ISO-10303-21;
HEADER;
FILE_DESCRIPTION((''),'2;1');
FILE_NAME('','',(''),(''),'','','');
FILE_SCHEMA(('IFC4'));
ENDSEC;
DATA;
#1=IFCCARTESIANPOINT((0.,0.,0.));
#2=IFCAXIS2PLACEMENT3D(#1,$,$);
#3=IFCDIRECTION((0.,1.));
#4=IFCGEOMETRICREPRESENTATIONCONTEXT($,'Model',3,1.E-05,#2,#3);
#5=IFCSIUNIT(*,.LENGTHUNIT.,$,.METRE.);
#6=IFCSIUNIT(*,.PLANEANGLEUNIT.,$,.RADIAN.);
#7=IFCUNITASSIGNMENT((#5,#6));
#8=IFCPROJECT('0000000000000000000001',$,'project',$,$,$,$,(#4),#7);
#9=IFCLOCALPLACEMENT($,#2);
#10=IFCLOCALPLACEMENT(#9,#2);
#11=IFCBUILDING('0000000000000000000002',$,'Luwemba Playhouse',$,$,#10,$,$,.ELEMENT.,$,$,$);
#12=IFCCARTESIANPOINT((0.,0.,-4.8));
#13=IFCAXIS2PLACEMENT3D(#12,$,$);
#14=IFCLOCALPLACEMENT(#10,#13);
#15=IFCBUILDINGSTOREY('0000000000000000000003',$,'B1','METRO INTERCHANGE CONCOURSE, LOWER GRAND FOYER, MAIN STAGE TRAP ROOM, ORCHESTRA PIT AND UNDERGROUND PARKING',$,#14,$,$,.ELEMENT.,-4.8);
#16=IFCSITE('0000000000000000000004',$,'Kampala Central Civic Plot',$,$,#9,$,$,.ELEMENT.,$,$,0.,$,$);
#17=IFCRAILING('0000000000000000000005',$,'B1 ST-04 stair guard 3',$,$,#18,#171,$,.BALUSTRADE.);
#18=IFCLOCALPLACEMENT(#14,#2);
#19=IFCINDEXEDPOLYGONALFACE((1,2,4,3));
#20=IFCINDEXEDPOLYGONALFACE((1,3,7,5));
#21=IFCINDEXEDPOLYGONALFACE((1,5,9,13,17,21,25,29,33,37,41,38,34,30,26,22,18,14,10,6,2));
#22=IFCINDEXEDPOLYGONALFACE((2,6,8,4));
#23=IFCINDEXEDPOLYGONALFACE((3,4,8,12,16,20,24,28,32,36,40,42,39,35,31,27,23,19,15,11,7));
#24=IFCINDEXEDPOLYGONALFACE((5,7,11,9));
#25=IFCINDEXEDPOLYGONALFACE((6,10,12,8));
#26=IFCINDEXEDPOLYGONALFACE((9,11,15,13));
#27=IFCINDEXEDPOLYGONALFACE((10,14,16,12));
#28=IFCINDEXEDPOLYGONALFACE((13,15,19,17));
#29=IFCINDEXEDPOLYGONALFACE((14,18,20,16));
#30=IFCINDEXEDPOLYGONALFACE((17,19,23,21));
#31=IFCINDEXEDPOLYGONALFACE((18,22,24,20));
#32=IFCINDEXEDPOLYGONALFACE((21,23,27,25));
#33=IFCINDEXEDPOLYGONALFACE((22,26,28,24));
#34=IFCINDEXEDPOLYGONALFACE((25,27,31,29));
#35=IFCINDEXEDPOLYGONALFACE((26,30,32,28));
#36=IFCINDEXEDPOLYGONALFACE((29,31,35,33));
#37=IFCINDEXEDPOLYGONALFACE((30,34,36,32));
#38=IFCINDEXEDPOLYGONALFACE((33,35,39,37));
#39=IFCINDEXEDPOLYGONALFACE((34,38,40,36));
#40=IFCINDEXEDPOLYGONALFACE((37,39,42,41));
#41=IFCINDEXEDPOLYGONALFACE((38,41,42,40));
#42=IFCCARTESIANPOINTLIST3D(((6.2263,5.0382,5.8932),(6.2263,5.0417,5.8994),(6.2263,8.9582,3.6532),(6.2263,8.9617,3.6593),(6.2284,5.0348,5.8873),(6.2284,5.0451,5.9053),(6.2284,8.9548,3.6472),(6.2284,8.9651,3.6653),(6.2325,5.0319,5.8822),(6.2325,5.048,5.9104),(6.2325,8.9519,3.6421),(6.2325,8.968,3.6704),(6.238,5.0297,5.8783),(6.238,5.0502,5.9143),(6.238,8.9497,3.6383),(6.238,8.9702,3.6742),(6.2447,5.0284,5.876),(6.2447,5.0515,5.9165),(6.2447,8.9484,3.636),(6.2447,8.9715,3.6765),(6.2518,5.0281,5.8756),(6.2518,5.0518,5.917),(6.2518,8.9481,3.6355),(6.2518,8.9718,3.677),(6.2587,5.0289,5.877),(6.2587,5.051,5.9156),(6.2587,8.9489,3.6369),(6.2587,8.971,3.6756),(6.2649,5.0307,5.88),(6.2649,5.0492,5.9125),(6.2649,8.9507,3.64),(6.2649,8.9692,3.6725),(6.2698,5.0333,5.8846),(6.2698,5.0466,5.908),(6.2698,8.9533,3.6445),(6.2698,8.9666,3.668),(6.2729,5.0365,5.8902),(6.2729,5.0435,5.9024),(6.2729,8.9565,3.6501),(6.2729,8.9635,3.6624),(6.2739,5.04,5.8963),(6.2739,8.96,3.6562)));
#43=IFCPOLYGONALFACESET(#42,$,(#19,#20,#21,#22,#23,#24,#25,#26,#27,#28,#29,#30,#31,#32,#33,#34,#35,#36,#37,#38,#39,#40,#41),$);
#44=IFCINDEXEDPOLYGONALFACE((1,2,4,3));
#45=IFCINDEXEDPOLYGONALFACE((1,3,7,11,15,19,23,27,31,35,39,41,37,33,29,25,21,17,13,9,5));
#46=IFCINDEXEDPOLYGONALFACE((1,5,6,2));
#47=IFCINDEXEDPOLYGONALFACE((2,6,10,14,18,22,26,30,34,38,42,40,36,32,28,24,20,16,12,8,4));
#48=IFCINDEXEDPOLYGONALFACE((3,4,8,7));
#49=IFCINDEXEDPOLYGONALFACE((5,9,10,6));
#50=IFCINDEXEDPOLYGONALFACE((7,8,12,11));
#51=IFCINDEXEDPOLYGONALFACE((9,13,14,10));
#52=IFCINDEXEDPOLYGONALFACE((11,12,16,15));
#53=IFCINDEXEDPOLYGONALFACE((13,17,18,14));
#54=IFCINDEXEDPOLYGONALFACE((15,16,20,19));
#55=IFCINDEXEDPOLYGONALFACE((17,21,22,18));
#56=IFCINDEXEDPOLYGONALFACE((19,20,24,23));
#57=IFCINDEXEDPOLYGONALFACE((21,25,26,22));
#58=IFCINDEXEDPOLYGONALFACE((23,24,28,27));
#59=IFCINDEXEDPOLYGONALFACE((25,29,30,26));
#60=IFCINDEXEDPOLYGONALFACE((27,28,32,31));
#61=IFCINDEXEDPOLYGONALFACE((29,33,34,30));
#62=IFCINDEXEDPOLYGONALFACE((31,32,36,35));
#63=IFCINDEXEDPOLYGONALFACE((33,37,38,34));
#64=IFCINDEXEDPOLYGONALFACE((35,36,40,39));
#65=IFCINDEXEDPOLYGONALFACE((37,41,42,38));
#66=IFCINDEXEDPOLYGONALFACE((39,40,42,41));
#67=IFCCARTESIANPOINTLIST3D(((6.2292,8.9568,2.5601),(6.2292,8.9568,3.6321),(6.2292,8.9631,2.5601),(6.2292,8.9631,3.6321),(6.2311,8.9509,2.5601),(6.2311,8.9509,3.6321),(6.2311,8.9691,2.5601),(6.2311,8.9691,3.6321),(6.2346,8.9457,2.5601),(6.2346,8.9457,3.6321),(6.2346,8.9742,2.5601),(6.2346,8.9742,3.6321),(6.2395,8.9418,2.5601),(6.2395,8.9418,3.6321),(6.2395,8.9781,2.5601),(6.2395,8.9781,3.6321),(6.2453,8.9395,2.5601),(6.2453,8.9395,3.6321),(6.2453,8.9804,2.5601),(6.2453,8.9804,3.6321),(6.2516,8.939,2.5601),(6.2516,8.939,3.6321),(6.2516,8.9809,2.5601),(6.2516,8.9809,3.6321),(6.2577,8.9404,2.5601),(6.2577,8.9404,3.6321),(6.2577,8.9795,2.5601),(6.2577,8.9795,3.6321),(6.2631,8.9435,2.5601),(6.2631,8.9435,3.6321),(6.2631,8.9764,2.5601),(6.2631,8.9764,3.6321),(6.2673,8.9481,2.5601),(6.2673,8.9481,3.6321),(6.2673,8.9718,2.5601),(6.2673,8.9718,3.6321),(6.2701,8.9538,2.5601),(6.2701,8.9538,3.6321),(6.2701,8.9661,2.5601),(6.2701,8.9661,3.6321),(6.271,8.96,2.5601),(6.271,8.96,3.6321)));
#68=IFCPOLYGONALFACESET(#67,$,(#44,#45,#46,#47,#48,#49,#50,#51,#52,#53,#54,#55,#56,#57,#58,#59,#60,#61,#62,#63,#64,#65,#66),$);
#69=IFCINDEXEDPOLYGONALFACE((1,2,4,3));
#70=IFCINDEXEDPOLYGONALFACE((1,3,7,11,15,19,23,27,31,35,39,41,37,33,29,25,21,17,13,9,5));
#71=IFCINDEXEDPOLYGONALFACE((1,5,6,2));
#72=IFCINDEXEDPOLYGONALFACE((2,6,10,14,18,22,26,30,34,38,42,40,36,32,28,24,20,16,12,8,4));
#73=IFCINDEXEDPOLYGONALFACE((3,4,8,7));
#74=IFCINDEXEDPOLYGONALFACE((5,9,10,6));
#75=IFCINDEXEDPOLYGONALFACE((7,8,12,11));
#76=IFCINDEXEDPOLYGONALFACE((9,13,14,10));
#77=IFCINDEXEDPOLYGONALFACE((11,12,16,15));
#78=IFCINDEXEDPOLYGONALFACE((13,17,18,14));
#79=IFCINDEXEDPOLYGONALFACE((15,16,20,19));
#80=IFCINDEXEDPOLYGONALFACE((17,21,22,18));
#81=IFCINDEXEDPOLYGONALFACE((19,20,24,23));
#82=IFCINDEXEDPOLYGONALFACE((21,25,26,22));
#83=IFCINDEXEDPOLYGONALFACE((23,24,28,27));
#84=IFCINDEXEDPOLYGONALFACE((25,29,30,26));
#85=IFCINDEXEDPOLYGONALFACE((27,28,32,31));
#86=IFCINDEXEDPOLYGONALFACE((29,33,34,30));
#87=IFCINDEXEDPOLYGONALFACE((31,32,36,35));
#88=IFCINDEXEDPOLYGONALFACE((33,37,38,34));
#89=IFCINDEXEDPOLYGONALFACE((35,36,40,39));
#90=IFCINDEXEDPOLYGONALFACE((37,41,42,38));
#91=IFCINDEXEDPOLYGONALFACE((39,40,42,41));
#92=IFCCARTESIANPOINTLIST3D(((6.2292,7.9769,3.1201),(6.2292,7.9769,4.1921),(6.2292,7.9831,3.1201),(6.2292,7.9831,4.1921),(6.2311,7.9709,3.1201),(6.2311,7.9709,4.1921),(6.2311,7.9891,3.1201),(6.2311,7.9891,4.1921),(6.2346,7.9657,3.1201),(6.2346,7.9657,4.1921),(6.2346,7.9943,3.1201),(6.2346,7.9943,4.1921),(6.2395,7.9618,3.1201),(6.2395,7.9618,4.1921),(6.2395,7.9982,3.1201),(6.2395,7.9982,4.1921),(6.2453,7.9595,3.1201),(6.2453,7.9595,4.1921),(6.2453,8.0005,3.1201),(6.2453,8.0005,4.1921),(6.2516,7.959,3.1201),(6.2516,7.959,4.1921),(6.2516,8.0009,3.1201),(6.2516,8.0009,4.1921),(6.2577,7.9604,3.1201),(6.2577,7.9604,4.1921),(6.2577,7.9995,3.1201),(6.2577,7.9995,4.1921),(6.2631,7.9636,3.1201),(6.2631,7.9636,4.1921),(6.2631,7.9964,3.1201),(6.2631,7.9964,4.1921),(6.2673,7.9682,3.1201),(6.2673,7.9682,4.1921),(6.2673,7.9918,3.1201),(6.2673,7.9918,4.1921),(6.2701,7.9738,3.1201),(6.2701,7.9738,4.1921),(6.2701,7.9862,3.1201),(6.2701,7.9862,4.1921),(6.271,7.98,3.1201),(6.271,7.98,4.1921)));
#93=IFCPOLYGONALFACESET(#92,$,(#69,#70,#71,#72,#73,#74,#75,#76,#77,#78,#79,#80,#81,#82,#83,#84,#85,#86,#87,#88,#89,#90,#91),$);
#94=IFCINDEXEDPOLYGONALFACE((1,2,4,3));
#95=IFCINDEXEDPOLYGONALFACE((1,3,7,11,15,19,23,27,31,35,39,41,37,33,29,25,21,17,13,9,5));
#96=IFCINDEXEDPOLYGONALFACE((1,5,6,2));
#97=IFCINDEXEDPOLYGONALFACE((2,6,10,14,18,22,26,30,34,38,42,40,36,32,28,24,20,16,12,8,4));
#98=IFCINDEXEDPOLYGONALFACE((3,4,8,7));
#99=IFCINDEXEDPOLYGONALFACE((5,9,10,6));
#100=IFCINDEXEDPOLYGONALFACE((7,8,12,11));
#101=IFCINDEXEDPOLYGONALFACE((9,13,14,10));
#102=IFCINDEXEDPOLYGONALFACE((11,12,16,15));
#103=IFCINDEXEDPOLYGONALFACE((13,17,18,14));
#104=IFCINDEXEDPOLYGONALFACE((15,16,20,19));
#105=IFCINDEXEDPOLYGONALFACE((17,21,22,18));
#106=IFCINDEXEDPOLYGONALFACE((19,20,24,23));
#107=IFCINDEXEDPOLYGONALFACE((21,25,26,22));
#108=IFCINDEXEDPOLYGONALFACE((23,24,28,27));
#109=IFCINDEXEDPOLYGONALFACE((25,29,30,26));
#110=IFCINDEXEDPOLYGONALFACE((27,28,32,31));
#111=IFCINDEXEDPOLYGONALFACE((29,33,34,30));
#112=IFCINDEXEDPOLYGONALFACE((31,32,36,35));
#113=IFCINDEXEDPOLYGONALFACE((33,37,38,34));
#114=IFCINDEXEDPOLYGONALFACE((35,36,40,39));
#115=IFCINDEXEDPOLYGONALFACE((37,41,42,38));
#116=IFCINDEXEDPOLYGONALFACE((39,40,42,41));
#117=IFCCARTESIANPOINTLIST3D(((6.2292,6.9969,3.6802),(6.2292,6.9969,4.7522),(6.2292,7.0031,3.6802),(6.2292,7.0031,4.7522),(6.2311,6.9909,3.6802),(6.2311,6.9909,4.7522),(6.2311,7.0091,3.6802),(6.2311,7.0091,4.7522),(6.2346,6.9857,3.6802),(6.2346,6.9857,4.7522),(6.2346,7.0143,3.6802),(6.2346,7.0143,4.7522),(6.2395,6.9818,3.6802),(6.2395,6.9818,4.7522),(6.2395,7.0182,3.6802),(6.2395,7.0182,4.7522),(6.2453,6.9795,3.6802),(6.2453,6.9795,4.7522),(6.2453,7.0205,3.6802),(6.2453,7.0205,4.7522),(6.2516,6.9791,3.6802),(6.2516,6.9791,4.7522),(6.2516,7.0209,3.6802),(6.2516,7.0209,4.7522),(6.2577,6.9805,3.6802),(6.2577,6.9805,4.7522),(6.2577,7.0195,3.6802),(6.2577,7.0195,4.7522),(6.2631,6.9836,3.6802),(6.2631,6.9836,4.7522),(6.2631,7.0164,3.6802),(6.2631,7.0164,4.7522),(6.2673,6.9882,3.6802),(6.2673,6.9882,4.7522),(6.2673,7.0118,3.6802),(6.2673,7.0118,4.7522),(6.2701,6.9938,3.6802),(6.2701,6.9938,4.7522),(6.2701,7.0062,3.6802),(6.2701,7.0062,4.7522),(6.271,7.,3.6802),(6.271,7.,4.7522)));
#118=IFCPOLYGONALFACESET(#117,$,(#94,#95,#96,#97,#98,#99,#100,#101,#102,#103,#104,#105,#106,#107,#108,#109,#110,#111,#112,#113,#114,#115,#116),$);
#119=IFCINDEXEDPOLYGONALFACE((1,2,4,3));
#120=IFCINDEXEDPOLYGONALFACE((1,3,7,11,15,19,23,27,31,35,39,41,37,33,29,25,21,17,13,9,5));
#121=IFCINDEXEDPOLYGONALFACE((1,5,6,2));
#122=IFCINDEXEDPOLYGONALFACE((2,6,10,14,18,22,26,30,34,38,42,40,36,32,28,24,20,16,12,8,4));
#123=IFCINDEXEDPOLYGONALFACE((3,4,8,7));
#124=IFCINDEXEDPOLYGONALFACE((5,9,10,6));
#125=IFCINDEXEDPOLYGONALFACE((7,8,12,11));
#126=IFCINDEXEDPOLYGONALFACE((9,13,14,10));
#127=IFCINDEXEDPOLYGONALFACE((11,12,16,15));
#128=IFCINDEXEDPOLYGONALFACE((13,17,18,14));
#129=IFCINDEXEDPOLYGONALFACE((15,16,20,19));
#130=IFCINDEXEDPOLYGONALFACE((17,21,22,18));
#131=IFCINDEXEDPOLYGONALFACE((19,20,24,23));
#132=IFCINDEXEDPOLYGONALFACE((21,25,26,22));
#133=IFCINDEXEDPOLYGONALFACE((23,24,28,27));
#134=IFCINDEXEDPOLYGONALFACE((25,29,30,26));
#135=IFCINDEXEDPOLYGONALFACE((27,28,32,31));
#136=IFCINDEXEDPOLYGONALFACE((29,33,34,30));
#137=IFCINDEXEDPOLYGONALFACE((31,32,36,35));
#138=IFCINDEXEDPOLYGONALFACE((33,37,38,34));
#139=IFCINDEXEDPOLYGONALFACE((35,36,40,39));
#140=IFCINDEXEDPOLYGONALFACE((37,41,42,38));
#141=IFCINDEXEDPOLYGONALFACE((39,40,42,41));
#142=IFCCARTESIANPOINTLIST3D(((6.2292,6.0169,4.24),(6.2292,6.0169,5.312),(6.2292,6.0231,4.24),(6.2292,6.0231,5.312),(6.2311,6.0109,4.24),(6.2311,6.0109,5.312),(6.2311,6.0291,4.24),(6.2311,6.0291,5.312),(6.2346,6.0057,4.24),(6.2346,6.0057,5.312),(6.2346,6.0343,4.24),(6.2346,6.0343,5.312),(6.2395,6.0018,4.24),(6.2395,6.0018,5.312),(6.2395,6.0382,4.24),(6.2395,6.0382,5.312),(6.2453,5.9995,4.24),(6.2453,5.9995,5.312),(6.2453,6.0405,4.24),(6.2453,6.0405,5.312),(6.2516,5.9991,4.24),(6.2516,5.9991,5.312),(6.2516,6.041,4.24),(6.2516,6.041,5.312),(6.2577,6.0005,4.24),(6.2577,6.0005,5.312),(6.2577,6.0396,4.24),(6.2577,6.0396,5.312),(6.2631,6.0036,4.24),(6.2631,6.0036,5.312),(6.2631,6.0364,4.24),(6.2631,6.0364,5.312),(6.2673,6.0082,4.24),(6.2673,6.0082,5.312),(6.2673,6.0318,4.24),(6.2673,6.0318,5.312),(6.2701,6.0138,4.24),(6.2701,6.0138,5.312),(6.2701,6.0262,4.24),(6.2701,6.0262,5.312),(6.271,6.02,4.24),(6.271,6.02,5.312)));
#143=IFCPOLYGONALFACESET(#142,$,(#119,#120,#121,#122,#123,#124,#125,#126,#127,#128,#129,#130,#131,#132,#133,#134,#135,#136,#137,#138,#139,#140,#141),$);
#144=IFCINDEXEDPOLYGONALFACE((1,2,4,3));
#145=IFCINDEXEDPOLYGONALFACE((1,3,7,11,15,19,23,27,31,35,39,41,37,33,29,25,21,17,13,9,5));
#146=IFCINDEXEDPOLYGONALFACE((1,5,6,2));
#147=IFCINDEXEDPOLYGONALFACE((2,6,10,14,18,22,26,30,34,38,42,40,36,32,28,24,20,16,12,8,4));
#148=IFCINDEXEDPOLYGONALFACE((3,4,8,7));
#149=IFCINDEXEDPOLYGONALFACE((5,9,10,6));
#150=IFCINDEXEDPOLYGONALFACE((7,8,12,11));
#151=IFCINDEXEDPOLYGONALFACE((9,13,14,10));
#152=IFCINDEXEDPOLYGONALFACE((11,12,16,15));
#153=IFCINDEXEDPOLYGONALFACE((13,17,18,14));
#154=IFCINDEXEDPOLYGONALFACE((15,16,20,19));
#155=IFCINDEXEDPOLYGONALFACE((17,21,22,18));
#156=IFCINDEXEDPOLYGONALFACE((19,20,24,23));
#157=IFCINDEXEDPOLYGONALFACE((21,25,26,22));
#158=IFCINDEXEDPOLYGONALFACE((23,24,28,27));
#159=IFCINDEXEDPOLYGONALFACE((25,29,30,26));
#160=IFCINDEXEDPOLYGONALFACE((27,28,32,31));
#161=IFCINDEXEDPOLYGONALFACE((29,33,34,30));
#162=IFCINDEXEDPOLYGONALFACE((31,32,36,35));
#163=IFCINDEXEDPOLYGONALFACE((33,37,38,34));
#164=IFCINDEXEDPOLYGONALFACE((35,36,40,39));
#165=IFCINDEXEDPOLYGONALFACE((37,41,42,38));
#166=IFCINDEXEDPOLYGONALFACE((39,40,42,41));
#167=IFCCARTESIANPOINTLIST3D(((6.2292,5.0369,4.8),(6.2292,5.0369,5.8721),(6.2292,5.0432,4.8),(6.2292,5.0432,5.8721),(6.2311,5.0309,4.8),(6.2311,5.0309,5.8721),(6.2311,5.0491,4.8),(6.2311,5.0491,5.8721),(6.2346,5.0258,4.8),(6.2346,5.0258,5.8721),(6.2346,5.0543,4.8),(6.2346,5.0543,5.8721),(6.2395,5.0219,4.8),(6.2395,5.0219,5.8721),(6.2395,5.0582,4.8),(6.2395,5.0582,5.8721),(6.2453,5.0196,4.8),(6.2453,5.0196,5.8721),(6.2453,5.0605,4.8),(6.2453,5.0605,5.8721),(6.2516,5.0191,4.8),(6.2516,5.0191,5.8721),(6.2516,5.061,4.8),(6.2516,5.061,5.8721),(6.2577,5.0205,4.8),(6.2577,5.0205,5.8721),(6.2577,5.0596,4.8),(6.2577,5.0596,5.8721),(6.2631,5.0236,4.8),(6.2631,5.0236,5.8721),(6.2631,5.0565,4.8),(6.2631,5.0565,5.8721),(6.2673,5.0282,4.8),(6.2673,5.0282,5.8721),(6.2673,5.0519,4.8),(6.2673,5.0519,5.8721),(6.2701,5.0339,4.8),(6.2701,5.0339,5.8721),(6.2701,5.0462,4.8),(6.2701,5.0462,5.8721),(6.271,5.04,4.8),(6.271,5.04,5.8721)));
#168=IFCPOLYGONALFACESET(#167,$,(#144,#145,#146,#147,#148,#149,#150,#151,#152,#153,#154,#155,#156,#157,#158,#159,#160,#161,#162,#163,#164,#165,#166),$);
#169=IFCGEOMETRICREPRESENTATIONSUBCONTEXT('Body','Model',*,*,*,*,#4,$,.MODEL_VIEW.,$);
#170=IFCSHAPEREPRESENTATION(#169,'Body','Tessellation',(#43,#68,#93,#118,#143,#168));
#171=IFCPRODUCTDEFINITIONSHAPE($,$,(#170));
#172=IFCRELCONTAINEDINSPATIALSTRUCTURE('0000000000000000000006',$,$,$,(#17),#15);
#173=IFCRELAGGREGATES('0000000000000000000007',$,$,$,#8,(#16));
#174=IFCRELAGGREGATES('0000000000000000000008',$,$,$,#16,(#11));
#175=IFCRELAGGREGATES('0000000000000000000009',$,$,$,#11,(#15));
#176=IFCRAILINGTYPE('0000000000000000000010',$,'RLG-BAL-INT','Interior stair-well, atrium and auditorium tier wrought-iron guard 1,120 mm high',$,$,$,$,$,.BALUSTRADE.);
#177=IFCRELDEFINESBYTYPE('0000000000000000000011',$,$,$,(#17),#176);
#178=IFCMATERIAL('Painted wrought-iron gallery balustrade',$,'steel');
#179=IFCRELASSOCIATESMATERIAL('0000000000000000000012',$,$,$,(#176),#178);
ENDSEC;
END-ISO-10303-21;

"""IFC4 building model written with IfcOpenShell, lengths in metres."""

from ifc_helpers import new_model, si_unit, direction, frame, origin, origin_2d, place, context, subcontext, project, spatial, circle, extrude, material, type_object, element, save


model = new_model("IFC4")

# Units and contexts
model_context = context("Model", 3, precision=1e-05, world=origin(), true_north=direction((0.0, 1.0)))
body_context = subcontext(model_context, "Body", "Model", "MODEL_VIEW")
ifc_project = project(units=[si_unit("LENGTHUNIT", "METRE"), si_unit("PLANEANGLEUNIT", "RADIAN")], contexts=[model_context])

# Site, building, storey
site_placement = place(None, origin())
site = spatial("IfcSite", under=ifc_project, at=site_placement, Name="Kampala Central Civic Plot", CompositionType="ELEMENT", RefElevation=0.0)
building_placement = place(site_placement, origin())
building = spatial("IfcBuilding", under=site, at=building_placement, Name="Luwemba Playhouse", CompositionType="ELEMENT")
storey_placement = place(building_placement, frame((0.0, 0.0, -4.8)))
storey = spatial("IfcBuildingStorey", under=building, at=storey_placement, Name="B1", Description="METRO INTERCHANGE CONCOURSE, LOWER GRAND FOYER, MAIN STAGE TRAP ROOM, ORCHESTRA PIT AND UNDERGROUND PARKING", CompositionType="ELEMENT", Elevation=-4.8)

# Railing
ifc_material_1 = material(Name="Painted wrought-iron gallery balustrade", Category="steel")
railing_type_1 = type_object("IfcRailingType", Name="RLG-BAL-INT", Description="Interior stair-well, atrium and auditorium tier wrought-iron guard 1,120 mm high", PredefinedType="BALUSTRADE", material=ifc_material_1)
railing_1_placement = place(storey_placement, frame((6.25, 8.96, 2.5601)))
element("IfcRailing", 1, at=railing_1_placement, inside=storey, type_object=railing_type_1, Name="B1 ST-04 stair guard 3", PredefinedType="BALUSTRADE", context=body_context, shape_type="SweptSolid", body=[
    extrude(circle(Radius=0.0239, at=origin_2d()), frame((0.0, 0.0, 1.0962), z_axis=(0.0, -0.86824, 0.496145), x_axis=(1.0, 0.0, 0.0)), (0.0, 0.0, 1.0), 4.5149),
    extrude(circle(Radius=0.021, at=origin_2d()), origin(), (0.0, 0.0, 1.0), 1.072),
    extrude(circle(Radius=0.021, at=origin_2d()), frame((0.0, -0.98, 0.5601)), (0.0, 0.0, 1.0), 1.072),
    extrude(circle(Radius=0.021, at=origin_2d()), frame((0.0, -1.96, 1.1201)), (0.0, 0.0, 1.0), 1.072),
    extrude(circle(Radius=0.021, at=origin_2d()), frame((0.0, -2.9399, 1.6799)), (0.0, 0.0, 1.0), 1.072),
    extrude(circle(Radius=0.021, at=origin_2d()), frame((0.0, -3.9199, 2.24)), (0.0, 0.0, 1.0), 1.072),
])

save(model, "model.ifc")
